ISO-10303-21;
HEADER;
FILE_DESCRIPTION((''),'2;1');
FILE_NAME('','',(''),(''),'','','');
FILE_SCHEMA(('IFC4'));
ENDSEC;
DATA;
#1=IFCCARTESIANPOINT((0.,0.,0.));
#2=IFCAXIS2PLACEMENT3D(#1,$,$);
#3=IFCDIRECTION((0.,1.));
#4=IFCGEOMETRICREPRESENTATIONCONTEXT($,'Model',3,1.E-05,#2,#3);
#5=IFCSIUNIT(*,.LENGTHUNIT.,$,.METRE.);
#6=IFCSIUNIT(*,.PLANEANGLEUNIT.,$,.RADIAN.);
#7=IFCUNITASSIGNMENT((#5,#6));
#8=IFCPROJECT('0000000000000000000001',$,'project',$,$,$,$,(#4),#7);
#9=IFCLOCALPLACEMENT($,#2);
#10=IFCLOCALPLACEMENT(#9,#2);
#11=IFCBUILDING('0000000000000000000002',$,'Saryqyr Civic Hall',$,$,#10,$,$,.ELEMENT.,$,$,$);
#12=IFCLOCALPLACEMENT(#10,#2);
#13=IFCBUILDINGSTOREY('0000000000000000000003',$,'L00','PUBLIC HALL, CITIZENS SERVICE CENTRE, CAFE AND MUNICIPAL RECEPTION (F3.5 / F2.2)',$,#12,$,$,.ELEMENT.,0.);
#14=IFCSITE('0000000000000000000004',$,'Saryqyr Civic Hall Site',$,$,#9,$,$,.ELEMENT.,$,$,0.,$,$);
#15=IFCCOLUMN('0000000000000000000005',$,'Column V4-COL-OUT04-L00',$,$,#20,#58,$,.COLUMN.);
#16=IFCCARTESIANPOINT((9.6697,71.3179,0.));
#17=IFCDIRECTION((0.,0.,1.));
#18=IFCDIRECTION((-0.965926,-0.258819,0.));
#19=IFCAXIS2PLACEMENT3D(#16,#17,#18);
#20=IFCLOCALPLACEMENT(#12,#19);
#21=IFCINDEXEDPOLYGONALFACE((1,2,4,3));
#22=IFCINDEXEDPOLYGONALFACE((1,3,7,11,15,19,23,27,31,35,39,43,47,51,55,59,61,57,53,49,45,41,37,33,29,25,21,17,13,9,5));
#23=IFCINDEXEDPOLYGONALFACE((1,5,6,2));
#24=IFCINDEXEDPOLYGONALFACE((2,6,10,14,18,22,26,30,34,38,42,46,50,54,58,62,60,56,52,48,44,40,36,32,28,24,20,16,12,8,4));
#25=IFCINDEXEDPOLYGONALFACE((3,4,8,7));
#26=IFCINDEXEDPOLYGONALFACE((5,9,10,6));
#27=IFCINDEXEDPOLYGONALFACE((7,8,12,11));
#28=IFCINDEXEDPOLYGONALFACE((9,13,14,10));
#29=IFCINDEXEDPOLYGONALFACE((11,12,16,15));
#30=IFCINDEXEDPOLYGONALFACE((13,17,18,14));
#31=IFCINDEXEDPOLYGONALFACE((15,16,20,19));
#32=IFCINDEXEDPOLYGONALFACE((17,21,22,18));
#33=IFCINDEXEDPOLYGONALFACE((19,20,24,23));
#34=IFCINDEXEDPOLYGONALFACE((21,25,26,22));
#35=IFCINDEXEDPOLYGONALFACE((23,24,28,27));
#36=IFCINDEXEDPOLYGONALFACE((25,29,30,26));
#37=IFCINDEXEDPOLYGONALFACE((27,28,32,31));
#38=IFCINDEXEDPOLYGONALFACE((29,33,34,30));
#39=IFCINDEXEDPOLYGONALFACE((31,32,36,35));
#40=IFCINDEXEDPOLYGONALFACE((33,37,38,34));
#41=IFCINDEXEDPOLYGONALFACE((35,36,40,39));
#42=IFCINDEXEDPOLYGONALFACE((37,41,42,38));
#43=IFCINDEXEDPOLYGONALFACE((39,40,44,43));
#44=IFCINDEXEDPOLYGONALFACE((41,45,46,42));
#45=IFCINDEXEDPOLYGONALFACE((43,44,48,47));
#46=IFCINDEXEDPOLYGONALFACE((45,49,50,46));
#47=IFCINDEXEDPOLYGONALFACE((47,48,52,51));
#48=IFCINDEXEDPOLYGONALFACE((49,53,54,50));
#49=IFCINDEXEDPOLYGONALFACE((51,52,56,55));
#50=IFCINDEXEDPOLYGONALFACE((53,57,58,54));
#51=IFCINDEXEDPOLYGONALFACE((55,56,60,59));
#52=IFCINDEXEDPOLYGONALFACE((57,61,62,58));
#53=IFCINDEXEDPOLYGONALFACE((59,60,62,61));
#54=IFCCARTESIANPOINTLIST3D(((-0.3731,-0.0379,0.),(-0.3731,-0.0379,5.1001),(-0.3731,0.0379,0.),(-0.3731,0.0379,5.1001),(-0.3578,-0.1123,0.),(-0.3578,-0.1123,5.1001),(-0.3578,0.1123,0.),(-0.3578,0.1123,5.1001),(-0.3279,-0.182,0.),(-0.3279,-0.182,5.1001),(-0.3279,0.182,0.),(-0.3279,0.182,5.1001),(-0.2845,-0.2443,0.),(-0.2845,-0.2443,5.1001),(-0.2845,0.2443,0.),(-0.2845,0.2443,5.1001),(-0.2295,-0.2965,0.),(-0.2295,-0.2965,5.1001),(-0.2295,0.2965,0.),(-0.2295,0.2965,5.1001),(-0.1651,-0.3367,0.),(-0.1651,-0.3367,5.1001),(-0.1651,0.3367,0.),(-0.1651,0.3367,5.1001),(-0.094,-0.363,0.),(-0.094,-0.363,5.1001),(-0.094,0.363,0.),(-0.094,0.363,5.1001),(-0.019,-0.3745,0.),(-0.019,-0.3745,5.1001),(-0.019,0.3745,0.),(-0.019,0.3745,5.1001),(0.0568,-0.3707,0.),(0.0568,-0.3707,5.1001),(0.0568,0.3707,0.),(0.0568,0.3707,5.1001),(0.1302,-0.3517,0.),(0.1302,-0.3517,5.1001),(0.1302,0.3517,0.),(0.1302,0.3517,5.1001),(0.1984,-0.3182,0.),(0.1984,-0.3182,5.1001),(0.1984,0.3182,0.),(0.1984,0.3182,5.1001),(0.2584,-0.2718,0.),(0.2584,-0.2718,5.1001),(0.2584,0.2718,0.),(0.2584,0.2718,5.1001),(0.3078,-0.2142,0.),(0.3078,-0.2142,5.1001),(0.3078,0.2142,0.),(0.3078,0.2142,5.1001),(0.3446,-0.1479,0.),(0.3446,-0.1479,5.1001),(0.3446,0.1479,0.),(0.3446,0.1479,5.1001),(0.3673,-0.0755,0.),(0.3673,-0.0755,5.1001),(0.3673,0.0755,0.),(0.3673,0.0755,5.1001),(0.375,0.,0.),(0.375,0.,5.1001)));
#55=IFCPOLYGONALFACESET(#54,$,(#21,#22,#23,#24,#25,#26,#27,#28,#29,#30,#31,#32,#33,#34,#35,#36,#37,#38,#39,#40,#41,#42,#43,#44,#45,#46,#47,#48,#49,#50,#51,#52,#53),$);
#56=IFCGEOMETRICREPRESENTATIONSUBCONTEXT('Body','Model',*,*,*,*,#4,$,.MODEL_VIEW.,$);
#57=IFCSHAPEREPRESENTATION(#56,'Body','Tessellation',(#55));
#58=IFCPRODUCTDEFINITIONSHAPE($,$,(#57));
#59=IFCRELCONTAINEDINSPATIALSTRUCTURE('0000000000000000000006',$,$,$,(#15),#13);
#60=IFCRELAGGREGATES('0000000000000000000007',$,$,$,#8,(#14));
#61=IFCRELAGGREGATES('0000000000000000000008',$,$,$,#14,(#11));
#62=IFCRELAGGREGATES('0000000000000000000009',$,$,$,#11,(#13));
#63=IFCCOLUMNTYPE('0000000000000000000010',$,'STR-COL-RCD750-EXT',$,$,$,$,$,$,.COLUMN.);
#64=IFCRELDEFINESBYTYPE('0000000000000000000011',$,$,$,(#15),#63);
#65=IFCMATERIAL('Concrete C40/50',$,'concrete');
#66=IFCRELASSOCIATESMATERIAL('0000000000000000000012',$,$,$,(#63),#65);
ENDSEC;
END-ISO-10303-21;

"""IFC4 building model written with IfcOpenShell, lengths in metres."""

from ifc_helpers import new_model, si_unit, direction, frame, origin, origin_2d, place, context, subcontext, project, spatial, circle, extrude, material, material_profile, profile_set, type_object, element, save


model = new_model("IFC4")

# Units and contexts
model_context = context("Model", 3, precision=1e-05, world=origin(), true_north=direction((0.0, 1.0)))
body_context = subcontext(model_context, "Body", "Model", "MODEL_VIEW")
ifc_project = project(units=[si_unit("LENGTHUNIT", "METRE"), si_unit("PLANEANGLEUNIT", "RADIAN")], contexts=[model_context])

# Site, building, storey
site_placement = place(None, origin())
site = spatial("IfcSite", under=ifc_project, at=site_placement, Name="Saryqyr Civic Hall Site", CompositionType="ELEMENT", RefElevation=0.0)
building_placement = place(site_placement, origin())
building = spatial("IfcBuilding", under=site, at=building_placement, Name="Saryqyr Civic Hall", CompositionType="ELEMENT")
storey_placement = place(building_placement, origin())
storey = spatial("IfcBuildingStorey", under=building, at=storey_placement, Name="L00", Description="PUBLIC HALL, CITIZENS SERVICE CENTRE, CAFE AND MUNICIPAL RECEPTION (F3.5 / F2.2)", CompositionType="ELEMENT", Elevation=0.0)

# Column
ifc_material_1 = material(Name="Concrete C40/50", Category="concrete")
ifc_material_profile_1 = material_profile(ifc_material_1, circle(Radius=0.375, at=origin_2d()), Name="RC D750")
ifc_profile_set_1 = profile_set([ifc_material_profile_1], Name="Concrete C40/50")
column_type_1 = type_object("IfcColumnType", Name="STR-COL-RCD750-EXT", PredefinedType="COLUMN", material=ifc_profile_set_1)
column_1_placement = place(storey_placement, frame((9.6697, 71.3179, 0.0), z_axis=(0.0, 0.0, 1.0), x_axis=(-0.965926, -0.258819, 0.0)))
element("IfcColumn", 1, at=column_1_placement, inside=storey, type_object=column_type_1, Name="Column V4-COL-OUT04-L00", PredefinedType="COLUMN", context=body_context, shape_type="SweptSolid", body=[
    extrude(circle(Radius=0.375, at=origin_2d()), origin(), (0.0, 0.0, 1.0), 5.1001),
])

save(model, "model.ifc")
